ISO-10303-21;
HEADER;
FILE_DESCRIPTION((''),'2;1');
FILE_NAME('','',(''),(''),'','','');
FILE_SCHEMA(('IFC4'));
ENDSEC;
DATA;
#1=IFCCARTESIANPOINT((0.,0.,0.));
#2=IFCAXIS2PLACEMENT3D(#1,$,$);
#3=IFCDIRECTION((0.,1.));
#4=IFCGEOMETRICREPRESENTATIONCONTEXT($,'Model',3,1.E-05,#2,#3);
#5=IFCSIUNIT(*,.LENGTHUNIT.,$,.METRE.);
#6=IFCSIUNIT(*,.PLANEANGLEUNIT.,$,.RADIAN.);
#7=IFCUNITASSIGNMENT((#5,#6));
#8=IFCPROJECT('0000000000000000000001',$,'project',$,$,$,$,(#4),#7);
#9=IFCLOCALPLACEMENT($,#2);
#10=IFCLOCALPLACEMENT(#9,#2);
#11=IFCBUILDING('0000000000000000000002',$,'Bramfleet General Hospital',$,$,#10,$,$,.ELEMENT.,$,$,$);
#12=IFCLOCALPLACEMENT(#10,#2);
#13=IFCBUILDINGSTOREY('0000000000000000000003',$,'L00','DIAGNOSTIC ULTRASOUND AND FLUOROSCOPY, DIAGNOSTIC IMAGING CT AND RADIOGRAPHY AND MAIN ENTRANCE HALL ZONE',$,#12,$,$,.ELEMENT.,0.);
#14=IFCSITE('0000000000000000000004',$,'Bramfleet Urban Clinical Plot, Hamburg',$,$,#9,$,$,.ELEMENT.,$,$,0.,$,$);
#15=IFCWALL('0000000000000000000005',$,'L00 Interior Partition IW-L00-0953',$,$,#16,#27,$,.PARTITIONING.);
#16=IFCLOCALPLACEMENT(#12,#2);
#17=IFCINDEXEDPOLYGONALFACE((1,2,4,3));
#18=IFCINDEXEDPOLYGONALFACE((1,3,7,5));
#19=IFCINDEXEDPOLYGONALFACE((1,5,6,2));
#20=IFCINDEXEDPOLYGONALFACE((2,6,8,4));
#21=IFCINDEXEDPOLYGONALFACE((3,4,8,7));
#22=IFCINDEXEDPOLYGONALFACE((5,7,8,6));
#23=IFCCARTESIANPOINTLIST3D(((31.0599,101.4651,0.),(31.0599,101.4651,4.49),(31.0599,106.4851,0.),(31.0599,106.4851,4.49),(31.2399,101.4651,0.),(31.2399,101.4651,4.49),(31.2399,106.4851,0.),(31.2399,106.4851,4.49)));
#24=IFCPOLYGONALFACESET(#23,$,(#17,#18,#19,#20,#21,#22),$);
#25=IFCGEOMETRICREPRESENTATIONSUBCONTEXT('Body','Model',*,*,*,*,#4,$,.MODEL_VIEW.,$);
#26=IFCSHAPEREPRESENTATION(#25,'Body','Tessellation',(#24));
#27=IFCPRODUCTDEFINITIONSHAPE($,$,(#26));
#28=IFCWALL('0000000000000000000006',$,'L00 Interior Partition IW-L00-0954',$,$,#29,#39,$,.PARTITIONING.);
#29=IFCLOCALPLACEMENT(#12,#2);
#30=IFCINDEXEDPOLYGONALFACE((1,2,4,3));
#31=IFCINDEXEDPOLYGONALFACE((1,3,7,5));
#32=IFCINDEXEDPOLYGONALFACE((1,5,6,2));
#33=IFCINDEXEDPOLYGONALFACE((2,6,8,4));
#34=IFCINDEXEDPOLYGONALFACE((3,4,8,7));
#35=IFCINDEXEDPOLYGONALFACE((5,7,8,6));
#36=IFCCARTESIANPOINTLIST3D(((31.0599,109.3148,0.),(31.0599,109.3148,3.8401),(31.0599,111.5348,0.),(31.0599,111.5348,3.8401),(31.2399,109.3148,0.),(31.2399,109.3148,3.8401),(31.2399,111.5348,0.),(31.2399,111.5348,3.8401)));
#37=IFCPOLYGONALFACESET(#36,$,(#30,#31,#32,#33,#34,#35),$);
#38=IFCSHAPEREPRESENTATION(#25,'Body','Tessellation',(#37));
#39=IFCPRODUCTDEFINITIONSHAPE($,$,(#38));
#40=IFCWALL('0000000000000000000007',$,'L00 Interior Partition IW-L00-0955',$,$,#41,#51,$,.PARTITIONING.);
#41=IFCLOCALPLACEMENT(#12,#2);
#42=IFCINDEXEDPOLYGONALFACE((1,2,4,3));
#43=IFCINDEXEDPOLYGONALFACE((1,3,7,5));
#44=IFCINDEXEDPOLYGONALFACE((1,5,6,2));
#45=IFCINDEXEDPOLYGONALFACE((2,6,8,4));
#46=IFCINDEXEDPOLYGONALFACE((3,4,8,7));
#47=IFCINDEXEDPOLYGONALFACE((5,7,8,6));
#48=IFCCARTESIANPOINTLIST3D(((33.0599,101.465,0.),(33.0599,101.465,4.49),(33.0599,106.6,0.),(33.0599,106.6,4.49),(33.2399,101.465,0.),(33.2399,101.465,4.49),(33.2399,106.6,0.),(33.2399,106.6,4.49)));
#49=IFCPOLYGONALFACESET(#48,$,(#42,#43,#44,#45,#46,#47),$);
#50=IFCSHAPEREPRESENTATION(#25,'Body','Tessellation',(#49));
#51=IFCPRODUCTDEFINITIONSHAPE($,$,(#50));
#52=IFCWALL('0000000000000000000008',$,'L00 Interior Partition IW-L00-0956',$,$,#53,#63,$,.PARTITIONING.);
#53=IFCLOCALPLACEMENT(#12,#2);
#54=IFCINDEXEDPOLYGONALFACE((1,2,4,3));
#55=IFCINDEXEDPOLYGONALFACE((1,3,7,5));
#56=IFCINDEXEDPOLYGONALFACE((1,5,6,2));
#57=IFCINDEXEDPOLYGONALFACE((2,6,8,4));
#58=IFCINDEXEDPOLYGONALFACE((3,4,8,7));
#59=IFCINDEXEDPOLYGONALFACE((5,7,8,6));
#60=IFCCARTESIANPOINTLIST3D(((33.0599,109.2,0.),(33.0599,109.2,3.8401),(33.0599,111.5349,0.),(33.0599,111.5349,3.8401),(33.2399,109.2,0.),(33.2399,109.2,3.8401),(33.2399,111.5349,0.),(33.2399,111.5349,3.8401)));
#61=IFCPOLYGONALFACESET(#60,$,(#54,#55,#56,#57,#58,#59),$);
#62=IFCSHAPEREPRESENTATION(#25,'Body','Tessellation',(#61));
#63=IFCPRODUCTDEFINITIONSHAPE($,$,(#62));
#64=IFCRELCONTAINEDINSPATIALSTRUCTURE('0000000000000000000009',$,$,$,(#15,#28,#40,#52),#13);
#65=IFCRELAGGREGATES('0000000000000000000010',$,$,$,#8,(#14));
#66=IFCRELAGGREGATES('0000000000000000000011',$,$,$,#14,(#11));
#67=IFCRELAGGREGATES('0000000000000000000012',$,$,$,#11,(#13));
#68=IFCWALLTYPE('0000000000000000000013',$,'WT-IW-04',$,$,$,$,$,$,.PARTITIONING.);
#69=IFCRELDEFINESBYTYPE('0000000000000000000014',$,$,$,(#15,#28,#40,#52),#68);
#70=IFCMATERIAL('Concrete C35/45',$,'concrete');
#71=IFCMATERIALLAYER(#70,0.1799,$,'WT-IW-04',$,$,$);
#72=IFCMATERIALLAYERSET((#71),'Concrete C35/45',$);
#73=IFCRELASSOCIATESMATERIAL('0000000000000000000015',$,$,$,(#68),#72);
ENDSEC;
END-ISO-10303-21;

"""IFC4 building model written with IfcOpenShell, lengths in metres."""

from ifc_helpers import new_model, si_unit, direction, frame, frame_2d, origin, place, context, subcontext, project, spatial, rectangle, extrude, material, layer, layer_set, type_object, element, save


model = new_model("IFC4")

# Units and contexts
model_context = context("Model", 3, precision=1e-05, world=origin(), true_north=direction((0.0, 1.0)))
body_context = subcontext(model_context, "Body", "Model", "MODEL_VIEW")
ifc_project = project(units=[si_unit("LENGTHUNIT", "METRE"), si_unit("PLANEANGLEUNIT", "RADIAN")], contexts=[model_context])

# Site, building, storey
site_placement = place(None, origin())
site = spatial("IfcSite", under=ifc_project, at=site_placement, Name="Bramfleet Urban Clinical Plot, Hamburg", CompositionType="ELEMENT", RefElevation=0.0)
building_placement = place(site_placement, origin())
building = spatial("IfcBuilding", under=site, at=building_placement, Name="Bramfleet General Hospital", CompositionType="ELEMENT")
storey_placement = place(building_placement, origin())
storey = spatial("IfcBuildingStorey", under=building, at=storey_placement, Name="L00", Description="DIAGNOSTIC ULTRASOUND AND FLUOROSCOPY, DIAGNOSTIC IMAGING CT AND RADIOGRAPHY AND MAIN ENTRANCE HALL ZONE", CompositionType="ELEMENT", Elevation=0.0)

# Shared definitions
ifc_material_1 = material(Name="Concrete C35/45", Category="concrete")

# Shared definitions
ifc_layer_1 = layer(ifc_material_1, 0.1799, Name="WT-IW-04")
ifc_layer_set_1 = layer_set([ifc_layer_1], Name="Concrete C35/45")
wall_type_1 = type_object("IfcWallType", Name="WT-IW-04", PredefinedType="PARTITIONING", material=ifc_layer_set_1)

# Walls
wall_1_placement = place(storey_placement, frame((31.1499, 101.4651, 0.0), z_axis=(0.0, 0.0, 1.0), x_axis=(0.0, 1.0, 0.0)))
element("IfcWall", 1, at=wall_1_placement, inside=storey, type_object=wall_type_1, Name="L00 Interior Partition IW-L00-0953", PredefinedType="PARTITIONING", context=body_context, shape_type="SweptSolid", body=[
    extrude(rectangle(XDim=5.02, YDim=0.1799, at=frame_2d((2.51, 0.0))), origin(), (0.0, 0.0, 1.0), 4.49),
])
wall_2_placement = place(storey_placement, frame((31.1499, 109.3149, 0.0), z_axis=(0.0, 0.0, 1.0), x_axis=(0.0, 1.0, 0.0)))
element("IfcWall", 2, at=wall_2_placement, inside=storey, type_object=wall_type_1, Name="L00 Interior Partition IW-L00-0954", PredefinedType="PARTITIONING", context=body_context, shape_type="SweptSolid", body=[
    extrude(rectangle(XDim=2.22, YDim=0.1799, at=frame_2d((1.1099, 0.0))), origin(), (0.0, 0.0, 1.0), 3.8401),
])
wall_3_placement = place(storey_placement, frame((33.1499, 101.4651, 0.0), z_axis=(0.0, 0.0, 1.0), x_axis=(0.0, 1.0, 0.0)))
element("IfcWall", 3, at=wall_3_placement, inside=storey, type_object=wall_type_1, Name="L00 Interior Partition IW-L00-0955", PredefinedType="PARTITIONING", context=body_context, shape_type="SweptSolid", body=[
    extrude(rectangle(XDim=5.135, YDim=0.1799, at=frame_2d((2.5674, 0.0))), origin(), (0.0, 0.0, 1.0), 4.49),
])
wall_4_placement = place(storey_placement, frame((33.1499, 109.2, 0.0), z_axis=(0.0, 0.0, 1.0), x_axis=(0.0, 1.0, 0.0)))
element("IfcWall", 4, at=wall_4_placement, inside=storey, type_object=wall_type_1, Name="L00 Interior Partition IW-L00-0956", PredefinedType="PARTITIONING", context=body_context, shape_type="SweptSolid", body=[
    extrude(rectangle(XDim=2.335, YDim=0.1799, at=frame_2d((1.1675, 0.0))), origin(), (0.0, 0.0, 1.0), 3.8401),
])

save(model, "model.ifc")
